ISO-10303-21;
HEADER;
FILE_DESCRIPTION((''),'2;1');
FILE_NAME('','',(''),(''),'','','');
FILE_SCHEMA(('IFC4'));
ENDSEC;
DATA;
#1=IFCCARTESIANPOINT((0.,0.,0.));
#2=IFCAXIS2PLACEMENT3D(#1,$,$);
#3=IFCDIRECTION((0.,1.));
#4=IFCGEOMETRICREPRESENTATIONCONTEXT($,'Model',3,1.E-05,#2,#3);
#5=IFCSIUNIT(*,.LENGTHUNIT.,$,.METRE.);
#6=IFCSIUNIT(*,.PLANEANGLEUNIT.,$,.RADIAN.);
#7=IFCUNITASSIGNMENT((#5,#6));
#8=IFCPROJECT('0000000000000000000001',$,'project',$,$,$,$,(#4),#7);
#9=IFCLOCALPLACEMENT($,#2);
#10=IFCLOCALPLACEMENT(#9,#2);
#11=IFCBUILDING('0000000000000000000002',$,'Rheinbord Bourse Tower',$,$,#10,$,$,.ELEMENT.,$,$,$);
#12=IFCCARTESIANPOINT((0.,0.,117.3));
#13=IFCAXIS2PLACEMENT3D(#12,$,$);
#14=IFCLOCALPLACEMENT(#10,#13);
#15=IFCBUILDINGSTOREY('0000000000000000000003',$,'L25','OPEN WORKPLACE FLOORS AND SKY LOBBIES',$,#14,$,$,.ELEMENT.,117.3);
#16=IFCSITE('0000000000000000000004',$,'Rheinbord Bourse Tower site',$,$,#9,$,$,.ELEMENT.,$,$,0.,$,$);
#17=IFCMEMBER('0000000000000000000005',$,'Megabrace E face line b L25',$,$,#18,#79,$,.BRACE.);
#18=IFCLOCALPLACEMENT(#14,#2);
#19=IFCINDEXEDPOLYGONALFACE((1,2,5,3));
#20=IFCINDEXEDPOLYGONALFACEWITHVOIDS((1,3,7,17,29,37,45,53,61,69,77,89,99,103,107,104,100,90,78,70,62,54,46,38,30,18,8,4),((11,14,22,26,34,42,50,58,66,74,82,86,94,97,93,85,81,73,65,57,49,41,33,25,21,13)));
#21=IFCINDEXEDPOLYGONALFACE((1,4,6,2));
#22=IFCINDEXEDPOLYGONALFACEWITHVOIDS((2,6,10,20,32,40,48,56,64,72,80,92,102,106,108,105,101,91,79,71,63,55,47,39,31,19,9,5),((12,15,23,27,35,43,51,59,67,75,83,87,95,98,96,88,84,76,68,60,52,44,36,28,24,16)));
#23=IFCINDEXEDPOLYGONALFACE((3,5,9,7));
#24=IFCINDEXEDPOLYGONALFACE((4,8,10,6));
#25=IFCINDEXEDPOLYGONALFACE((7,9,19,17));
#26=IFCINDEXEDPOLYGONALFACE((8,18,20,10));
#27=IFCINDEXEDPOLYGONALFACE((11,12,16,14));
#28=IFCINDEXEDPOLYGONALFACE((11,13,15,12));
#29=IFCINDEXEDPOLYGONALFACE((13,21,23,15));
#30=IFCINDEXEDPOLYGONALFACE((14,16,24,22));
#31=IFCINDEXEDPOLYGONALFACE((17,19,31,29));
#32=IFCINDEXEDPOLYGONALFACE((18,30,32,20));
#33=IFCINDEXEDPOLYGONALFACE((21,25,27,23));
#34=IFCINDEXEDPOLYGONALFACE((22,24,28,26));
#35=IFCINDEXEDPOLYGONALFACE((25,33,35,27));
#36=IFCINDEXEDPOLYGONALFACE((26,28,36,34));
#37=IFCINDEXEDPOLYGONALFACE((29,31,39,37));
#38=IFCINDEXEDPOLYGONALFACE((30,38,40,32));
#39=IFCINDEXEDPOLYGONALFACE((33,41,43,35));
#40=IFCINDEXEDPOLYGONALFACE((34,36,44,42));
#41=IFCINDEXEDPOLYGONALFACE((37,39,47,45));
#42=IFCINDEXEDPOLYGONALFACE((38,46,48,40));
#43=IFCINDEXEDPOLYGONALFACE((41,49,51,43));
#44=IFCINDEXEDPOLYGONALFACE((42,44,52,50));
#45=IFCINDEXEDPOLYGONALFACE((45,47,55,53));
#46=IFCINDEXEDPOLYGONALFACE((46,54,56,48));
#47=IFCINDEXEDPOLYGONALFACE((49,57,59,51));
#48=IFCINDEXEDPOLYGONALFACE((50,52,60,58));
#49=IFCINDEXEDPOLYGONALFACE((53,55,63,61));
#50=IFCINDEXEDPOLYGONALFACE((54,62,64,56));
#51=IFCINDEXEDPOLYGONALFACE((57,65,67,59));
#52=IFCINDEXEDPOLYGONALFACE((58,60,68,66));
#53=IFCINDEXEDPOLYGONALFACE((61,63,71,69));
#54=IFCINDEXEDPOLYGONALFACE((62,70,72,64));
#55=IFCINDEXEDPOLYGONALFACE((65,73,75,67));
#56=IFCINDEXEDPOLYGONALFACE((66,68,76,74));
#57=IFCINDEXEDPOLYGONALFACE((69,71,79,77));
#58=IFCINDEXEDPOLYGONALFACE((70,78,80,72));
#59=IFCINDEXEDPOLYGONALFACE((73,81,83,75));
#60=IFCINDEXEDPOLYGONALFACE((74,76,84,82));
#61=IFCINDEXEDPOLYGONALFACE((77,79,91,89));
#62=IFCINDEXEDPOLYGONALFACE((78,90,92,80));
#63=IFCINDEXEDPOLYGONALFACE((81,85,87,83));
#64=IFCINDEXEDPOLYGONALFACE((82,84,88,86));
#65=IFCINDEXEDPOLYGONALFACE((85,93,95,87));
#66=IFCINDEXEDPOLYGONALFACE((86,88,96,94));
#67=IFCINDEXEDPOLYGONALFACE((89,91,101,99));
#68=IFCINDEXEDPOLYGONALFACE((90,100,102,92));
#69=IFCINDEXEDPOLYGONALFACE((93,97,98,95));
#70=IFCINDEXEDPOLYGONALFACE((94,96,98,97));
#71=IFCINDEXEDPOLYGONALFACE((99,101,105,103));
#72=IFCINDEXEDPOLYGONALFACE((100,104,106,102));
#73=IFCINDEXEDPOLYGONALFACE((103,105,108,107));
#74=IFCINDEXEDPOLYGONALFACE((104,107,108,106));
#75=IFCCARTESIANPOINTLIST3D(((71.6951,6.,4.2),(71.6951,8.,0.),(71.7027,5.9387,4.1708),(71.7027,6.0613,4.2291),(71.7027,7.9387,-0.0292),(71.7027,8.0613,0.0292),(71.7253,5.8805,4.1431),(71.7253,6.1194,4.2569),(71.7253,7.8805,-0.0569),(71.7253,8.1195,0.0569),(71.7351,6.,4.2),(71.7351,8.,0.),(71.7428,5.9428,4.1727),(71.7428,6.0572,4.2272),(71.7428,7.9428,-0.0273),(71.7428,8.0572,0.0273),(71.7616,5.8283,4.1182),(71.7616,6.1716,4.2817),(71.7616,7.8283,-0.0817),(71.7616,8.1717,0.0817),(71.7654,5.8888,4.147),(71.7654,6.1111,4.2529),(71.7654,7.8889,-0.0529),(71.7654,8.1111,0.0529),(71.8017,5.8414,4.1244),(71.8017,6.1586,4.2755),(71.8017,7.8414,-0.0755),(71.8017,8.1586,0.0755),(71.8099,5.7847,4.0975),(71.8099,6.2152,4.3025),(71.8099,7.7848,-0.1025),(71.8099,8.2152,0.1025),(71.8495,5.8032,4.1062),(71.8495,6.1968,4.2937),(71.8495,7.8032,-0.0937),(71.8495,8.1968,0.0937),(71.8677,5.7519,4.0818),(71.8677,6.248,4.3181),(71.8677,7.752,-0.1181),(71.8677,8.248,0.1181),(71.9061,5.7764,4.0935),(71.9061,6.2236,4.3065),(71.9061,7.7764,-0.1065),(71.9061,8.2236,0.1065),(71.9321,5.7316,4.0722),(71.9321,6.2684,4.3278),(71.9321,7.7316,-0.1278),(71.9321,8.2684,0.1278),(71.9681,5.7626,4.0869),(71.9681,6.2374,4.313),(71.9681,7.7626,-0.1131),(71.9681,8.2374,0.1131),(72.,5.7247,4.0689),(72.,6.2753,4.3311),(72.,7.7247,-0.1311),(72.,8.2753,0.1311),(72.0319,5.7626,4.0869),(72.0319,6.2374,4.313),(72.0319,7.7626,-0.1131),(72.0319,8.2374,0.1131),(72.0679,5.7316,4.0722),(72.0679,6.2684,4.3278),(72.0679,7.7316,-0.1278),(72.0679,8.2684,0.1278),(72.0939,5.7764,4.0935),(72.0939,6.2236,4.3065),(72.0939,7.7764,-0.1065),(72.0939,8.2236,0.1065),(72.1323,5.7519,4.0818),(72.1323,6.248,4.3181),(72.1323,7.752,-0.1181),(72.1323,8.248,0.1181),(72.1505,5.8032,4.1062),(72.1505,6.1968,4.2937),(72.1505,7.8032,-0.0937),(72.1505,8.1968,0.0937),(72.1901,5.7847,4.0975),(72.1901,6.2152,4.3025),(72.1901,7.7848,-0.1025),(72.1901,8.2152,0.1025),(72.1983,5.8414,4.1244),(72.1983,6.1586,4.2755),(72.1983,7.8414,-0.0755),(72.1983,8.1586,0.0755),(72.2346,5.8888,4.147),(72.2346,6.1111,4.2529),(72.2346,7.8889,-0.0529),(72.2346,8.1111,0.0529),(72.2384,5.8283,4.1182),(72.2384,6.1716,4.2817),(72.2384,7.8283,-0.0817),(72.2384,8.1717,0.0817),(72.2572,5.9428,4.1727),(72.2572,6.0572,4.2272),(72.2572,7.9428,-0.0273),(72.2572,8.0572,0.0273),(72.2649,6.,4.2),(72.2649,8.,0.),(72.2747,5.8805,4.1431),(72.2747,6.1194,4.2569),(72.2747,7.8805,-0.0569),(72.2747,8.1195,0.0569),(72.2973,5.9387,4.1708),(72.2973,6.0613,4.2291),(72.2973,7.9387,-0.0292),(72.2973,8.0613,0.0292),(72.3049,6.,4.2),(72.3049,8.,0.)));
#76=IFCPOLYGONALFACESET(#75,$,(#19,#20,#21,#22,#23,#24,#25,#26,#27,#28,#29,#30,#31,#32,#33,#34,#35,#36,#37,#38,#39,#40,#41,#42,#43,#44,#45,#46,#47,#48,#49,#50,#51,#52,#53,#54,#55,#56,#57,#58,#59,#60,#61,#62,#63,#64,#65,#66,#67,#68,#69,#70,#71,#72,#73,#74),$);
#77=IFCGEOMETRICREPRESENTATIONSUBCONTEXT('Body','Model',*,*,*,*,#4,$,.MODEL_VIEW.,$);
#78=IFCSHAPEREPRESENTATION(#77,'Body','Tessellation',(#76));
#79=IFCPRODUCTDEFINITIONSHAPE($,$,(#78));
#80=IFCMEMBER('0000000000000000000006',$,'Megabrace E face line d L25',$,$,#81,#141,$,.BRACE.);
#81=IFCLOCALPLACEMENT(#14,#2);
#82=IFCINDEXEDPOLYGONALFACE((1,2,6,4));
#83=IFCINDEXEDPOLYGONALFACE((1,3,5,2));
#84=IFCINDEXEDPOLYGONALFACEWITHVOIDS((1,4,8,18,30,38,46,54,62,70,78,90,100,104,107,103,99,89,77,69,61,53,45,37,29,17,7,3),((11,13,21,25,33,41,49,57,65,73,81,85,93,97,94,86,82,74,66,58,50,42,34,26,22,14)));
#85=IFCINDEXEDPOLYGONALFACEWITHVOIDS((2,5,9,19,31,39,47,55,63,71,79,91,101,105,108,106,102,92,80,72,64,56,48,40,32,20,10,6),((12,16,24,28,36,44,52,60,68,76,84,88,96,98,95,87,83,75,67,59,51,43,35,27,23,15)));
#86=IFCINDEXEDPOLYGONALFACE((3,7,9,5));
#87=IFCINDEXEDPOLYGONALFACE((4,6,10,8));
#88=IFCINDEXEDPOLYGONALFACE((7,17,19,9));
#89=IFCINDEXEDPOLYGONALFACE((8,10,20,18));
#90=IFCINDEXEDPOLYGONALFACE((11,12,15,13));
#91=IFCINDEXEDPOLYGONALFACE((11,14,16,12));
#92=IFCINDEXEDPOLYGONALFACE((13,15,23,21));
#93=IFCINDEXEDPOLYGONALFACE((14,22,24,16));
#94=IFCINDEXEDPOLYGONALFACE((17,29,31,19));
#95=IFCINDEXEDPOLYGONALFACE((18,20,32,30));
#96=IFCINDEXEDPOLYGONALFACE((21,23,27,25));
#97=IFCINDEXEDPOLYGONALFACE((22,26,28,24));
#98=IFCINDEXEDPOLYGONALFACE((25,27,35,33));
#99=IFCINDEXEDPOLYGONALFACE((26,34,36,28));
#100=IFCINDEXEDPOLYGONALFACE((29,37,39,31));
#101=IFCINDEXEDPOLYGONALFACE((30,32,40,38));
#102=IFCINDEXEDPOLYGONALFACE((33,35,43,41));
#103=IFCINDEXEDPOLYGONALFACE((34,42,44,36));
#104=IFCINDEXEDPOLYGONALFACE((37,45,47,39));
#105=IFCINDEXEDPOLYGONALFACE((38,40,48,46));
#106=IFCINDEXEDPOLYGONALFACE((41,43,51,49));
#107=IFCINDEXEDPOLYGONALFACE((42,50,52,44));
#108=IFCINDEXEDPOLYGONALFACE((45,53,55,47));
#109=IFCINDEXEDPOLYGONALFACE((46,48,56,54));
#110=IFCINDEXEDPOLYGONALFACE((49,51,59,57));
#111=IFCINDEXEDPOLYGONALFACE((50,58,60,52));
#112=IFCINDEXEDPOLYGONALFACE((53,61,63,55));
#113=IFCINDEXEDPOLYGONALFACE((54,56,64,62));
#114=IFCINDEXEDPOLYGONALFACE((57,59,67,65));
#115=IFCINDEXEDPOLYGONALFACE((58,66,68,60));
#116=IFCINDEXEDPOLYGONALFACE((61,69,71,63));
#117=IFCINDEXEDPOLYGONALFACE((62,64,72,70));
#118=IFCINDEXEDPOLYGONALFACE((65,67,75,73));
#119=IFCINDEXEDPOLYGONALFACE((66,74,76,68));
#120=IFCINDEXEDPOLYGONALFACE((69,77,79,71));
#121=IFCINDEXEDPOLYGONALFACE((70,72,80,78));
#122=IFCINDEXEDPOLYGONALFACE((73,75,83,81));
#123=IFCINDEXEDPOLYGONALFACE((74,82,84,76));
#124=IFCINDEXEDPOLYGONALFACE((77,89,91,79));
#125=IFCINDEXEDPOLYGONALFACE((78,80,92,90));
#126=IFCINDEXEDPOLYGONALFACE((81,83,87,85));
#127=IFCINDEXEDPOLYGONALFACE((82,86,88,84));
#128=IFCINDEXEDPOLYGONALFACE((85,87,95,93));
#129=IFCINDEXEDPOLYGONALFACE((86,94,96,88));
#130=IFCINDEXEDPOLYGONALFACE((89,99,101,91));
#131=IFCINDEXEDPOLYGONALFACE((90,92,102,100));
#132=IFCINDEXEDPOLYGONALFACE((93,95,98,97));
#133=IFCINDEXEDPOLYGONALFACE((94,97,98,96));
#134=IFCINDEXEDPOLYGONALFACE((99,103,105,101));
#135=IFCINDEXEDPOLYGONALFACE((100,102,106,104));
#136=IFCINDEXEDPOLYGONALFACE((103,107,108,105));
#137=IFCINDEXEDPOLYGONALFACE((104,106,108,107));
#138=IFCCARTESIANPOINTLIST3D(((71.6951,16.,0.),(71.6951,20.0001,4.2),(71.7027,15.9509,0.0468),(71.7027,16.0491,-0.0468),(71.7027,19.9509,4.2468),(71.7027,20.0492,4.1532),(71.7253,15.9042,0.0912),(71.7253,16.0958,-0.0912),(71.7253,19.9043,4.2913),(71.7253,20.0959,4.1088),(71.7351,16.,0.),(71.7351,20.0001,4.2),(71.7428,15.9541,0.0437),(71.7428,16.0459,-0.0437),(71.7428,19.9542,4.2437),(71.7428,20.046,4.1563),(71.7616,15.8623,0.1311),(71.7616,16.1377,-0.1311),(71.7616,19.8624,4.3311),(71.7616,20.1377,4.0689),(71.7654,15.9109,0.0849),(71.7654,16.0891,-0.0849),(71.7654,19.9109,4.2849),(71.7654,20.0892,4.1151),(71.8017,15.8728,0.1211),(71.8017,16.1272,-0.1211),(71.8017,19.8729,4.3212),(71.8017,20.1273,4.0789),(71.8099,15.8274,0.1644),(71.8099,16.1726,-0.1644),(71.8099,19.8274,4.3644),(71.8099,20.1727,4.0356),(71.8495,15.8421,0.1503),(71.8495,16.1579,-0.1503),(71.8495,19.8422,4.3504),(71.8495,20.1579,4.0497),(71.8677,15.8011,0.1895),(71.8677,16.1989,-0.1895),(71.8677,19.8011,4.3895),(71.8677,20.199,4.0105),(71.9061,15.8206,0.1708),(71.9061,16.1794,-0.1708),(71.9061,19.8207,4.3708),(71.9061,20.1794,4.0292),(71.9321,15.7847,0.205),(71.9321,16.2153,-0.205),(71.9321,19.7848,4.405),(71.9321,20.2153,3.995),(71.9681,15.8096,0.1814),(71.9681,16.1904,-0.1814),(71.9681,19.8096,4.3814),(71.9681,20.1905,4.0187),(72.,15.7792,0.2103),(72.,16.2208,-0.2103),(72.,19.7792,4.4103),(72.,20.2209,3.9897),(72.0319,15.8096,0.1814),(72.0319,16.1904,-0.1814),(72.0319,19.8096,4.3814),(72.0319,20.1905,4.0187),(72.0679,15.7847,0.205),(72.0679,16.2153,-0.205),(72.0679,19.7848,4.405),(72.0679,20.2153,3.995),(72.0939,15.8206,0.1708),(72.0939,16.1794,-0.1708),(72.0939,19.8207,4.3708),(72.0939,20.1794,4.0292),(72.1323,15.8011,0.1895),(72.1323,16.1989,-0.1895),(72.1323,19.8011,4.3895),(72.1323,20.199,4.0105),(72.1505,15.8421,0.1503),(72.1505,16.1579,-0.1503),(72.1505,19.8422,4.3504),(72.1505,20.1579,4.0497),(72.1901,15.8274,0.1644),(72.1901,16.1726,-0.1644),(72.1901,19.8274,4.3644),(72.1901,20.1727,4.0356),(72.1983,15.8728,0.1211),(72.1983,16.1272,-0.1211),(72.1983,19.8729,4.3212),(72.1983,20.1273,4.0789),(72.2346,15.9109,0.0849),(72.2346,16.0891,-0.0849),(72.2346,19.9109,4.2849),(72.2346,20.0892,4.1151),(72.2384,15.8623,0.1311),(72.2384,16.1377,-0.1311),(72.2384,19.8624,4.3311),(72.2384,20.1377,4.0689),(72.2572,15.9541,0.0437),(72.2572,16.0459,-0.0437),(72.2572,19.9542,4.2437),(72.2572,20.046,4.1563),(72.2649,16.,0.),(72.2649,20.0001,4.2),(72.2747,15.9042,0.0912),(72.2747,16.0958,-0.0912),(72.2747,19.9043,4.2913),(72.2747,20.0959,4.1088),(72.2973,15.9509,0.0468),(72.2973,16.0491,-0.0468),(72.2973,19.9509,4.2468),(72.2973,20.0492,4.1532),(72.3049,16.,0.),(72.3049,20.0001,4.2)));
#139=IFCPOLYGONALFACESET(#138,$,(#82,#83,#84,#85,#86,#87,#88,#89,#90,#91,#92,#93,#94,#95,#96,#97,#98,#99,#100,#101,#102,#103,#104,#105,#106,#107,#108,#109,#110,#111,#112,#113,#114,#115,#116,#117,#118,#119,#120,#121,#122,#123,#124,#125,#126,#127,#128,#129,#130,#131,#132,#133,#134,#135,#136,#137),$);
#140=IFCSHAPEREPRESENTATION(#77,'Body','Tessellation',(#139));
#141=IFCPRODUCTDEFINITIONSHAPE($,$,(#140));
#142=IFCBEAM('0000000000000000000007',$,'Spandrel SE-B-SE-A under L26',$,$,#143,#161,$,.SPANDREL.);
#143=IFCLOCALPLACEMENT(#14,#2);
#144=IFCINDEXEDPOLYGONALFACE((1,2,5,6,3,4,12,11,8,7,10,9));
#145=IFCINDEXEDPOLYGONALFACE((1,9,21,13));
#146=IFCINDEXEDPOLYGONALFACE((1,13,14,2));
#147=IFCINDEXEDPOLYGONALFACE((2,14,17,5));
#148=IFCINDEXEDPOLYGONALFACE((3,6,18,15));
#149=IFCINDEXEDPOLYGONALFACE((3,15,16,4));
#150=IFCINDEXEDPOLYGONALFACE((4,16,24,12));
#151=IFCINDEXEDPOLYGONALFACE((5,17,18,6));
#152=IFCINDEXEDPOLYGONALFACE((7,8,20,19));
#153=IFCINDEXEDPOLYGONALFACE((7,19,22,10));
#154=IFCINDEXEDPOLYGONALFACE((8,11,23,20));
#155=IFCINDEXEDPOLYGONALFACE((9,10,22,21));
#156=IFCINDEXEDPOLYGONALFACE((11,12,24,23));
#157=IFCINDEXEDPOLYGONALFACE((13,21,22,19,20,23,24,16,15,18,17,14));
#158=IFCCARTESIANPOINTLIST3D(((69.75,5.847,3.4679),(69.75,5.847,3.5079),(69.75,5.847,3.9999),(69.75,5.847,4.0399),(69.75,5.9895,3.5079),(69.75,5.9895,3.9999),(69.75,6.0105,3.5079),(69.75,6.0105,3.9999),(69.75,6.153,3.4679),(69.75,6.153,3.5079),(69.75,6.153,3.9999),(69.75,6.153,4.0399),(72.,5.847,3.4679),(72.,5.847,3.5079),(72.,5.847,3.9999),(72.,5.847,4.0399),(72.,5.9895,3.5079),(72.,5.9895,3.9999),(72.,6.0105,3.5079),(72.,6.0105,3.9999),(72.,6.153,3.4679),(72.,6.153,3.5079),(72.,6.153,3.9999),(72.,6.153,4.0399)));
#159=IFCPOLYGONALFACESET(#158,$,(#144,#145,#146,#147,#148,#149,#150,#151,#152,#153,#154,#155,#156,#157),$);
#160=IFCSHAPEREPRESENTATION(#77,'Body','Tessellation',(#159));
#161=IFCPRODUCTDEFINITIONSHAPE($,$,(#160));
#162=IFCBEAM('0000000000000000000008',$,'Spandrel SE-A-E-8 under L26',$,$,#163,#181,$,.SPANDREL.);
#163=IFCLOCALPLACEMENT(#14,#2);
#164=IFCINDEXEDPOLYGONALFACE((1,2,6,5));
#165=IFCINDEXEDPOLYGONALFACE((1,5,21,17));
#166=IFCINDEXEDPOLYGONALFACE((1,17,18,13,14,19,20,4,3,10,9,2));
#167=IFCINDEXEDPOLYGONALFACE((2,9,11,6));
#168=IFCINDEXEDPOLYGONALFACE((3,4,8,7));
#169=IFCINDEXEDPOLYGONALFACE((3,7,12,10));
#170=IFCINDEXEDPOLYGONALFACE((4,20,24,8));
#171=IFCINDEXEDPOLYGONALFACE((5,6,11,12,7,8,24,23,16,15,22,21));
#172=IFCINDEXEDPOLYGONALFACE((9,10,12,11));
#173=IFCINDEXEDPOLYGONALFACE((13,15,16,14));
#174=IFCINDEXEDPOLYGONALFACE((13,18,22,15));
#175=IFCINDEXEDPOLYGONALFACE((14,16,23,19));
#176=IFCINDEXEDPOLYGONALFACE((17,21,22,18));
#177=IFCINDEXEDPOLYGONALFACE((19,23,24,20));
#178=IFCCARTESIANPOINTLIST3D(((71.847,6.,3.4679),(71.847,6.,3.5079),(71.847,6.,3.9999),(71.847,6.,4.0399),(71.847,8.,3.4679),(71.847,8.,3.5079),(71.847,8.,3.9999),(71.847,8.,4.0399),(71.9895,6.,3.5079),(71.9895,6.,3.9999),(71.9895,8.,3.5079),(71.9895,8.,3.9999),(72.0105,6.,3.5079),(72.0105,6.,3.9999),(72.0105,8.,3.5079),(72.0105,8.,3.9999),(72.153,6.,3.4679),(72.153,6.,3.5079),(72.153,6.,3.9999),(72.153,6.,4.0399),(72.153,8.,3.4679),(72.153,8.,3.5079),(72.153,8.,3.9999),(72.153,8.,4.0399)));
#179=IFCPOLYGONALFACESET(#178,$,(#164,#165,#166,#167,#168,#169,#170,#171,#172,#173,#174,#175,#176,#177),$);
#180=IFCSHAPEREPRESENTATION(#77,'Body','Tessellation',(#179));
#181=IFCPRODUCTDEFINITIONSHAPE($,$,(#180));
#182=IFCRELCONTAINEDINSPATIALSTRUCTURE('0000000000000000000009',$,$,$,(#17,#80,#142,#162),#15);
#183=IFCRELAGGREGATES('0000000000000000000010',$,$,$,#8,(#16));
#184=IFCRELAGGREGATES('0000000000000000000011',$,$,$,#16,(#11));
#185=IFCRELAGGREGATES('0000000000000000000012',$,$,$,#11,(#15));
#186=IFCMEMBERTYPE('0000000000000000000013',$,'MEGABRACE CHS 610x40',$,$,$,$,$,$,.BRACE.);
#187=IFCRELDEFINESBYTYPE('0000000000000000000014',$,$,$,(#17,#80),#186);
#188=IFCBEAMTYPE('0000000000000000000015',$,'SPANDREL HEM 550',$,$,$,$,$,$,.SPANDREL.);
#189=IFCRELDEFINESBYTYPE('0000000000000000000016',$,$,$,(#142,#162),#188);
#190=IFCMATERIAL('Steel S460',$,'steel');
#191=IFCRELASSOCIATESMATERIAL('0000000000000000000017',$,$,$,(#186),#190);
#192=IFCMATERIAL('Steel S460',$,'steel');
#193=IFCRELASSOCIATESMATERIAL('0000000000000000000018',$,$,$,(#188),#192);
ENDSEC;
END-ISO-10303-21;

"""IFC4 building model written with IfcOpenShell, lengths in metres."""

from ifc_helpers import new_model, si_unit, direction, frame, origin, origin_2d, place, context, subcontext, project, spatial, hollow_circle, i_section, extrude, material, material_profile, profile_set, type_object, element, save


model = new_model("IFC4")

# Units and contexts
model_context = context("Model", 3, precision=1e-05, world=origin(), true_north=direction((0.0, 1.0)))
body_context = subcontext(model_context, "Body", "Model", "MODEL_VIEW")
ifc_project = project(units=[si_unit("LENGTHUNIT", "METRE"), si_unit("PLANEANGLEUNIT", "RADIAN")], contexts=[model_context])

# Site, building, storey
site_placement = place(None, origin())
site = spatial("IfcSite", under=ifc_project, at=site_placement, Name="Rheinbord Bourse Tower site", CompositionType="ELEMENT", RefElevation=0.0)
building_placement = place(site_placement, origin())
building = spatial("IfcBuilding", under=site, at=building_placement, Name="Rheinbord Bourse Tower", CompositionType="ELEMENT")
storey_placement = place(building_placement, frame((0.0, 0.0, 117.3)))
storey = spatial("IfcBuildingStorey", under=building, at=storey_placement, Name="L25", Description="OPEN WORKPLACE FLOORS AND SKY LOBBIES", CompositionType="ELEMENT", Elevation=117.3)

# Members
ifc_material_1 = material(Name="Steel S460", Category="steel")
ifc_material_profile_1 = material_profile(ifc_material_1, hollow_circle(Radius=0.3049, WallThickness=0.04, at=origin_2d()), Name="CHS 610x40")
ifc_profile_set_1 = profile_set([ifc_material_profile_1], Name="Steel S460")
member_type_1 = type_object("IfcMemberType", Name="MEGABRACE CHS 610x40", PredefinedType="BRACE", material=ifc_profile_set_1)
member_1_placement = place(storey_placement, frame((72.0, 8.0, 0.0), z_axis=(0.0, -0.429938, 0.902859), x_axis=(1.0, 0.0, 0.0)))
element("IfcMember", 1, at=member_1_placement, inside=storey, type_object=member_type_1, Name="Megabrace E face line b L25", PredefinedType="BRACE", context=body_context, shape_type="SweptSolid", body=[
    extrude(hollow_circle(Radius=0.3049, WallThickness=0.04, at=origin_2d()), origin(), (0.0, 0.0, 1.0), 4.6519),
])
member_2_placement = place(storey_placement, frame((72.0, 16.0, 0.0), z_axis=(0.0, 0.689659, 0.724134), x_axis=(-1.0, 0.0, 0.0)))
element("IfcMember", 2, at=member_2_placement, inside=storey, type_object=member_type_1, Name="Megabrace E face line d L25", PredefinedType="BRACE", context=body_context, shape_type="SweptSolid", body=[
    extrude(hollow_circle(Radius=0.3049, WallThickness=0.04, at=origin_2d()), origin(), (0.0, 0.0, 1.0), 5.8),
])

# Beams
ifc_material_2 = material(Name="Steel S460", Category="steel")
ifc_material_profile_2 = material_profile(ifc_material_2, i_section(OverallWidth=0.3059, OverallDepth=0.572, WebThickness=0.021, FlangeThickness=0.04, at=origin_2d()), Name="HEM 550")
ifc_profile_set_2 = profile_set([ifc_material_profile_2], Name="Steel S460")
beam_type_1 = type_object("IfcBeamType", Name="SPANDREL HEM 550", PredefinedType="SPANDREL", material=ifc_profile_set_2)
beam_1_placement = place(storey_placement, frame((69.75, 6.0, 3.7539), z_axis=(1.0, 0.0, 0.0), x_axis=(0.0, 1.0, 0.0)))
element("IfcBeam", 3, at=beam_1_placement, inside=storey, type_object=beam_type_1, Name="Spandrel SE-B-SE-A under L26", PredefinedType="SPANDREL", context=body_context, shape_type="SweptSolid", body=[
    extrude(i_section(OverallWidth=0.3059, OverallDepth=0.572, WebThickness=0.021, FlangeThickness=0.04, at=origin_2d()), origin(), (0.0, 0.0, 1.0), 2.25),
])
beam_2_placement = place(storey_placement, frame((72.0, 6.0, 3.7539), z_axis=(0.0, 1.0, 0.0), x_axis=(-1.0, 0.0, 0.0)))
element("IfcBeam", 4, at=beam_2_placement, inside=storey, type_object=beam_type_1, Name="Spandrel SE-A-E-8 under L26", PredefinedType="SPANDREL", context=body_context, shape_type="SweptSolid", body=[
    extrude(i_section(OverallWidth=0.3059, OverallDepth=0.572, WebThickness=0.021, FlangeThickness=0.04, at=origin_2d()), origin(), (0.0, 0.0, 1.0), 2.0),
])

save(model, "model.ifc")
